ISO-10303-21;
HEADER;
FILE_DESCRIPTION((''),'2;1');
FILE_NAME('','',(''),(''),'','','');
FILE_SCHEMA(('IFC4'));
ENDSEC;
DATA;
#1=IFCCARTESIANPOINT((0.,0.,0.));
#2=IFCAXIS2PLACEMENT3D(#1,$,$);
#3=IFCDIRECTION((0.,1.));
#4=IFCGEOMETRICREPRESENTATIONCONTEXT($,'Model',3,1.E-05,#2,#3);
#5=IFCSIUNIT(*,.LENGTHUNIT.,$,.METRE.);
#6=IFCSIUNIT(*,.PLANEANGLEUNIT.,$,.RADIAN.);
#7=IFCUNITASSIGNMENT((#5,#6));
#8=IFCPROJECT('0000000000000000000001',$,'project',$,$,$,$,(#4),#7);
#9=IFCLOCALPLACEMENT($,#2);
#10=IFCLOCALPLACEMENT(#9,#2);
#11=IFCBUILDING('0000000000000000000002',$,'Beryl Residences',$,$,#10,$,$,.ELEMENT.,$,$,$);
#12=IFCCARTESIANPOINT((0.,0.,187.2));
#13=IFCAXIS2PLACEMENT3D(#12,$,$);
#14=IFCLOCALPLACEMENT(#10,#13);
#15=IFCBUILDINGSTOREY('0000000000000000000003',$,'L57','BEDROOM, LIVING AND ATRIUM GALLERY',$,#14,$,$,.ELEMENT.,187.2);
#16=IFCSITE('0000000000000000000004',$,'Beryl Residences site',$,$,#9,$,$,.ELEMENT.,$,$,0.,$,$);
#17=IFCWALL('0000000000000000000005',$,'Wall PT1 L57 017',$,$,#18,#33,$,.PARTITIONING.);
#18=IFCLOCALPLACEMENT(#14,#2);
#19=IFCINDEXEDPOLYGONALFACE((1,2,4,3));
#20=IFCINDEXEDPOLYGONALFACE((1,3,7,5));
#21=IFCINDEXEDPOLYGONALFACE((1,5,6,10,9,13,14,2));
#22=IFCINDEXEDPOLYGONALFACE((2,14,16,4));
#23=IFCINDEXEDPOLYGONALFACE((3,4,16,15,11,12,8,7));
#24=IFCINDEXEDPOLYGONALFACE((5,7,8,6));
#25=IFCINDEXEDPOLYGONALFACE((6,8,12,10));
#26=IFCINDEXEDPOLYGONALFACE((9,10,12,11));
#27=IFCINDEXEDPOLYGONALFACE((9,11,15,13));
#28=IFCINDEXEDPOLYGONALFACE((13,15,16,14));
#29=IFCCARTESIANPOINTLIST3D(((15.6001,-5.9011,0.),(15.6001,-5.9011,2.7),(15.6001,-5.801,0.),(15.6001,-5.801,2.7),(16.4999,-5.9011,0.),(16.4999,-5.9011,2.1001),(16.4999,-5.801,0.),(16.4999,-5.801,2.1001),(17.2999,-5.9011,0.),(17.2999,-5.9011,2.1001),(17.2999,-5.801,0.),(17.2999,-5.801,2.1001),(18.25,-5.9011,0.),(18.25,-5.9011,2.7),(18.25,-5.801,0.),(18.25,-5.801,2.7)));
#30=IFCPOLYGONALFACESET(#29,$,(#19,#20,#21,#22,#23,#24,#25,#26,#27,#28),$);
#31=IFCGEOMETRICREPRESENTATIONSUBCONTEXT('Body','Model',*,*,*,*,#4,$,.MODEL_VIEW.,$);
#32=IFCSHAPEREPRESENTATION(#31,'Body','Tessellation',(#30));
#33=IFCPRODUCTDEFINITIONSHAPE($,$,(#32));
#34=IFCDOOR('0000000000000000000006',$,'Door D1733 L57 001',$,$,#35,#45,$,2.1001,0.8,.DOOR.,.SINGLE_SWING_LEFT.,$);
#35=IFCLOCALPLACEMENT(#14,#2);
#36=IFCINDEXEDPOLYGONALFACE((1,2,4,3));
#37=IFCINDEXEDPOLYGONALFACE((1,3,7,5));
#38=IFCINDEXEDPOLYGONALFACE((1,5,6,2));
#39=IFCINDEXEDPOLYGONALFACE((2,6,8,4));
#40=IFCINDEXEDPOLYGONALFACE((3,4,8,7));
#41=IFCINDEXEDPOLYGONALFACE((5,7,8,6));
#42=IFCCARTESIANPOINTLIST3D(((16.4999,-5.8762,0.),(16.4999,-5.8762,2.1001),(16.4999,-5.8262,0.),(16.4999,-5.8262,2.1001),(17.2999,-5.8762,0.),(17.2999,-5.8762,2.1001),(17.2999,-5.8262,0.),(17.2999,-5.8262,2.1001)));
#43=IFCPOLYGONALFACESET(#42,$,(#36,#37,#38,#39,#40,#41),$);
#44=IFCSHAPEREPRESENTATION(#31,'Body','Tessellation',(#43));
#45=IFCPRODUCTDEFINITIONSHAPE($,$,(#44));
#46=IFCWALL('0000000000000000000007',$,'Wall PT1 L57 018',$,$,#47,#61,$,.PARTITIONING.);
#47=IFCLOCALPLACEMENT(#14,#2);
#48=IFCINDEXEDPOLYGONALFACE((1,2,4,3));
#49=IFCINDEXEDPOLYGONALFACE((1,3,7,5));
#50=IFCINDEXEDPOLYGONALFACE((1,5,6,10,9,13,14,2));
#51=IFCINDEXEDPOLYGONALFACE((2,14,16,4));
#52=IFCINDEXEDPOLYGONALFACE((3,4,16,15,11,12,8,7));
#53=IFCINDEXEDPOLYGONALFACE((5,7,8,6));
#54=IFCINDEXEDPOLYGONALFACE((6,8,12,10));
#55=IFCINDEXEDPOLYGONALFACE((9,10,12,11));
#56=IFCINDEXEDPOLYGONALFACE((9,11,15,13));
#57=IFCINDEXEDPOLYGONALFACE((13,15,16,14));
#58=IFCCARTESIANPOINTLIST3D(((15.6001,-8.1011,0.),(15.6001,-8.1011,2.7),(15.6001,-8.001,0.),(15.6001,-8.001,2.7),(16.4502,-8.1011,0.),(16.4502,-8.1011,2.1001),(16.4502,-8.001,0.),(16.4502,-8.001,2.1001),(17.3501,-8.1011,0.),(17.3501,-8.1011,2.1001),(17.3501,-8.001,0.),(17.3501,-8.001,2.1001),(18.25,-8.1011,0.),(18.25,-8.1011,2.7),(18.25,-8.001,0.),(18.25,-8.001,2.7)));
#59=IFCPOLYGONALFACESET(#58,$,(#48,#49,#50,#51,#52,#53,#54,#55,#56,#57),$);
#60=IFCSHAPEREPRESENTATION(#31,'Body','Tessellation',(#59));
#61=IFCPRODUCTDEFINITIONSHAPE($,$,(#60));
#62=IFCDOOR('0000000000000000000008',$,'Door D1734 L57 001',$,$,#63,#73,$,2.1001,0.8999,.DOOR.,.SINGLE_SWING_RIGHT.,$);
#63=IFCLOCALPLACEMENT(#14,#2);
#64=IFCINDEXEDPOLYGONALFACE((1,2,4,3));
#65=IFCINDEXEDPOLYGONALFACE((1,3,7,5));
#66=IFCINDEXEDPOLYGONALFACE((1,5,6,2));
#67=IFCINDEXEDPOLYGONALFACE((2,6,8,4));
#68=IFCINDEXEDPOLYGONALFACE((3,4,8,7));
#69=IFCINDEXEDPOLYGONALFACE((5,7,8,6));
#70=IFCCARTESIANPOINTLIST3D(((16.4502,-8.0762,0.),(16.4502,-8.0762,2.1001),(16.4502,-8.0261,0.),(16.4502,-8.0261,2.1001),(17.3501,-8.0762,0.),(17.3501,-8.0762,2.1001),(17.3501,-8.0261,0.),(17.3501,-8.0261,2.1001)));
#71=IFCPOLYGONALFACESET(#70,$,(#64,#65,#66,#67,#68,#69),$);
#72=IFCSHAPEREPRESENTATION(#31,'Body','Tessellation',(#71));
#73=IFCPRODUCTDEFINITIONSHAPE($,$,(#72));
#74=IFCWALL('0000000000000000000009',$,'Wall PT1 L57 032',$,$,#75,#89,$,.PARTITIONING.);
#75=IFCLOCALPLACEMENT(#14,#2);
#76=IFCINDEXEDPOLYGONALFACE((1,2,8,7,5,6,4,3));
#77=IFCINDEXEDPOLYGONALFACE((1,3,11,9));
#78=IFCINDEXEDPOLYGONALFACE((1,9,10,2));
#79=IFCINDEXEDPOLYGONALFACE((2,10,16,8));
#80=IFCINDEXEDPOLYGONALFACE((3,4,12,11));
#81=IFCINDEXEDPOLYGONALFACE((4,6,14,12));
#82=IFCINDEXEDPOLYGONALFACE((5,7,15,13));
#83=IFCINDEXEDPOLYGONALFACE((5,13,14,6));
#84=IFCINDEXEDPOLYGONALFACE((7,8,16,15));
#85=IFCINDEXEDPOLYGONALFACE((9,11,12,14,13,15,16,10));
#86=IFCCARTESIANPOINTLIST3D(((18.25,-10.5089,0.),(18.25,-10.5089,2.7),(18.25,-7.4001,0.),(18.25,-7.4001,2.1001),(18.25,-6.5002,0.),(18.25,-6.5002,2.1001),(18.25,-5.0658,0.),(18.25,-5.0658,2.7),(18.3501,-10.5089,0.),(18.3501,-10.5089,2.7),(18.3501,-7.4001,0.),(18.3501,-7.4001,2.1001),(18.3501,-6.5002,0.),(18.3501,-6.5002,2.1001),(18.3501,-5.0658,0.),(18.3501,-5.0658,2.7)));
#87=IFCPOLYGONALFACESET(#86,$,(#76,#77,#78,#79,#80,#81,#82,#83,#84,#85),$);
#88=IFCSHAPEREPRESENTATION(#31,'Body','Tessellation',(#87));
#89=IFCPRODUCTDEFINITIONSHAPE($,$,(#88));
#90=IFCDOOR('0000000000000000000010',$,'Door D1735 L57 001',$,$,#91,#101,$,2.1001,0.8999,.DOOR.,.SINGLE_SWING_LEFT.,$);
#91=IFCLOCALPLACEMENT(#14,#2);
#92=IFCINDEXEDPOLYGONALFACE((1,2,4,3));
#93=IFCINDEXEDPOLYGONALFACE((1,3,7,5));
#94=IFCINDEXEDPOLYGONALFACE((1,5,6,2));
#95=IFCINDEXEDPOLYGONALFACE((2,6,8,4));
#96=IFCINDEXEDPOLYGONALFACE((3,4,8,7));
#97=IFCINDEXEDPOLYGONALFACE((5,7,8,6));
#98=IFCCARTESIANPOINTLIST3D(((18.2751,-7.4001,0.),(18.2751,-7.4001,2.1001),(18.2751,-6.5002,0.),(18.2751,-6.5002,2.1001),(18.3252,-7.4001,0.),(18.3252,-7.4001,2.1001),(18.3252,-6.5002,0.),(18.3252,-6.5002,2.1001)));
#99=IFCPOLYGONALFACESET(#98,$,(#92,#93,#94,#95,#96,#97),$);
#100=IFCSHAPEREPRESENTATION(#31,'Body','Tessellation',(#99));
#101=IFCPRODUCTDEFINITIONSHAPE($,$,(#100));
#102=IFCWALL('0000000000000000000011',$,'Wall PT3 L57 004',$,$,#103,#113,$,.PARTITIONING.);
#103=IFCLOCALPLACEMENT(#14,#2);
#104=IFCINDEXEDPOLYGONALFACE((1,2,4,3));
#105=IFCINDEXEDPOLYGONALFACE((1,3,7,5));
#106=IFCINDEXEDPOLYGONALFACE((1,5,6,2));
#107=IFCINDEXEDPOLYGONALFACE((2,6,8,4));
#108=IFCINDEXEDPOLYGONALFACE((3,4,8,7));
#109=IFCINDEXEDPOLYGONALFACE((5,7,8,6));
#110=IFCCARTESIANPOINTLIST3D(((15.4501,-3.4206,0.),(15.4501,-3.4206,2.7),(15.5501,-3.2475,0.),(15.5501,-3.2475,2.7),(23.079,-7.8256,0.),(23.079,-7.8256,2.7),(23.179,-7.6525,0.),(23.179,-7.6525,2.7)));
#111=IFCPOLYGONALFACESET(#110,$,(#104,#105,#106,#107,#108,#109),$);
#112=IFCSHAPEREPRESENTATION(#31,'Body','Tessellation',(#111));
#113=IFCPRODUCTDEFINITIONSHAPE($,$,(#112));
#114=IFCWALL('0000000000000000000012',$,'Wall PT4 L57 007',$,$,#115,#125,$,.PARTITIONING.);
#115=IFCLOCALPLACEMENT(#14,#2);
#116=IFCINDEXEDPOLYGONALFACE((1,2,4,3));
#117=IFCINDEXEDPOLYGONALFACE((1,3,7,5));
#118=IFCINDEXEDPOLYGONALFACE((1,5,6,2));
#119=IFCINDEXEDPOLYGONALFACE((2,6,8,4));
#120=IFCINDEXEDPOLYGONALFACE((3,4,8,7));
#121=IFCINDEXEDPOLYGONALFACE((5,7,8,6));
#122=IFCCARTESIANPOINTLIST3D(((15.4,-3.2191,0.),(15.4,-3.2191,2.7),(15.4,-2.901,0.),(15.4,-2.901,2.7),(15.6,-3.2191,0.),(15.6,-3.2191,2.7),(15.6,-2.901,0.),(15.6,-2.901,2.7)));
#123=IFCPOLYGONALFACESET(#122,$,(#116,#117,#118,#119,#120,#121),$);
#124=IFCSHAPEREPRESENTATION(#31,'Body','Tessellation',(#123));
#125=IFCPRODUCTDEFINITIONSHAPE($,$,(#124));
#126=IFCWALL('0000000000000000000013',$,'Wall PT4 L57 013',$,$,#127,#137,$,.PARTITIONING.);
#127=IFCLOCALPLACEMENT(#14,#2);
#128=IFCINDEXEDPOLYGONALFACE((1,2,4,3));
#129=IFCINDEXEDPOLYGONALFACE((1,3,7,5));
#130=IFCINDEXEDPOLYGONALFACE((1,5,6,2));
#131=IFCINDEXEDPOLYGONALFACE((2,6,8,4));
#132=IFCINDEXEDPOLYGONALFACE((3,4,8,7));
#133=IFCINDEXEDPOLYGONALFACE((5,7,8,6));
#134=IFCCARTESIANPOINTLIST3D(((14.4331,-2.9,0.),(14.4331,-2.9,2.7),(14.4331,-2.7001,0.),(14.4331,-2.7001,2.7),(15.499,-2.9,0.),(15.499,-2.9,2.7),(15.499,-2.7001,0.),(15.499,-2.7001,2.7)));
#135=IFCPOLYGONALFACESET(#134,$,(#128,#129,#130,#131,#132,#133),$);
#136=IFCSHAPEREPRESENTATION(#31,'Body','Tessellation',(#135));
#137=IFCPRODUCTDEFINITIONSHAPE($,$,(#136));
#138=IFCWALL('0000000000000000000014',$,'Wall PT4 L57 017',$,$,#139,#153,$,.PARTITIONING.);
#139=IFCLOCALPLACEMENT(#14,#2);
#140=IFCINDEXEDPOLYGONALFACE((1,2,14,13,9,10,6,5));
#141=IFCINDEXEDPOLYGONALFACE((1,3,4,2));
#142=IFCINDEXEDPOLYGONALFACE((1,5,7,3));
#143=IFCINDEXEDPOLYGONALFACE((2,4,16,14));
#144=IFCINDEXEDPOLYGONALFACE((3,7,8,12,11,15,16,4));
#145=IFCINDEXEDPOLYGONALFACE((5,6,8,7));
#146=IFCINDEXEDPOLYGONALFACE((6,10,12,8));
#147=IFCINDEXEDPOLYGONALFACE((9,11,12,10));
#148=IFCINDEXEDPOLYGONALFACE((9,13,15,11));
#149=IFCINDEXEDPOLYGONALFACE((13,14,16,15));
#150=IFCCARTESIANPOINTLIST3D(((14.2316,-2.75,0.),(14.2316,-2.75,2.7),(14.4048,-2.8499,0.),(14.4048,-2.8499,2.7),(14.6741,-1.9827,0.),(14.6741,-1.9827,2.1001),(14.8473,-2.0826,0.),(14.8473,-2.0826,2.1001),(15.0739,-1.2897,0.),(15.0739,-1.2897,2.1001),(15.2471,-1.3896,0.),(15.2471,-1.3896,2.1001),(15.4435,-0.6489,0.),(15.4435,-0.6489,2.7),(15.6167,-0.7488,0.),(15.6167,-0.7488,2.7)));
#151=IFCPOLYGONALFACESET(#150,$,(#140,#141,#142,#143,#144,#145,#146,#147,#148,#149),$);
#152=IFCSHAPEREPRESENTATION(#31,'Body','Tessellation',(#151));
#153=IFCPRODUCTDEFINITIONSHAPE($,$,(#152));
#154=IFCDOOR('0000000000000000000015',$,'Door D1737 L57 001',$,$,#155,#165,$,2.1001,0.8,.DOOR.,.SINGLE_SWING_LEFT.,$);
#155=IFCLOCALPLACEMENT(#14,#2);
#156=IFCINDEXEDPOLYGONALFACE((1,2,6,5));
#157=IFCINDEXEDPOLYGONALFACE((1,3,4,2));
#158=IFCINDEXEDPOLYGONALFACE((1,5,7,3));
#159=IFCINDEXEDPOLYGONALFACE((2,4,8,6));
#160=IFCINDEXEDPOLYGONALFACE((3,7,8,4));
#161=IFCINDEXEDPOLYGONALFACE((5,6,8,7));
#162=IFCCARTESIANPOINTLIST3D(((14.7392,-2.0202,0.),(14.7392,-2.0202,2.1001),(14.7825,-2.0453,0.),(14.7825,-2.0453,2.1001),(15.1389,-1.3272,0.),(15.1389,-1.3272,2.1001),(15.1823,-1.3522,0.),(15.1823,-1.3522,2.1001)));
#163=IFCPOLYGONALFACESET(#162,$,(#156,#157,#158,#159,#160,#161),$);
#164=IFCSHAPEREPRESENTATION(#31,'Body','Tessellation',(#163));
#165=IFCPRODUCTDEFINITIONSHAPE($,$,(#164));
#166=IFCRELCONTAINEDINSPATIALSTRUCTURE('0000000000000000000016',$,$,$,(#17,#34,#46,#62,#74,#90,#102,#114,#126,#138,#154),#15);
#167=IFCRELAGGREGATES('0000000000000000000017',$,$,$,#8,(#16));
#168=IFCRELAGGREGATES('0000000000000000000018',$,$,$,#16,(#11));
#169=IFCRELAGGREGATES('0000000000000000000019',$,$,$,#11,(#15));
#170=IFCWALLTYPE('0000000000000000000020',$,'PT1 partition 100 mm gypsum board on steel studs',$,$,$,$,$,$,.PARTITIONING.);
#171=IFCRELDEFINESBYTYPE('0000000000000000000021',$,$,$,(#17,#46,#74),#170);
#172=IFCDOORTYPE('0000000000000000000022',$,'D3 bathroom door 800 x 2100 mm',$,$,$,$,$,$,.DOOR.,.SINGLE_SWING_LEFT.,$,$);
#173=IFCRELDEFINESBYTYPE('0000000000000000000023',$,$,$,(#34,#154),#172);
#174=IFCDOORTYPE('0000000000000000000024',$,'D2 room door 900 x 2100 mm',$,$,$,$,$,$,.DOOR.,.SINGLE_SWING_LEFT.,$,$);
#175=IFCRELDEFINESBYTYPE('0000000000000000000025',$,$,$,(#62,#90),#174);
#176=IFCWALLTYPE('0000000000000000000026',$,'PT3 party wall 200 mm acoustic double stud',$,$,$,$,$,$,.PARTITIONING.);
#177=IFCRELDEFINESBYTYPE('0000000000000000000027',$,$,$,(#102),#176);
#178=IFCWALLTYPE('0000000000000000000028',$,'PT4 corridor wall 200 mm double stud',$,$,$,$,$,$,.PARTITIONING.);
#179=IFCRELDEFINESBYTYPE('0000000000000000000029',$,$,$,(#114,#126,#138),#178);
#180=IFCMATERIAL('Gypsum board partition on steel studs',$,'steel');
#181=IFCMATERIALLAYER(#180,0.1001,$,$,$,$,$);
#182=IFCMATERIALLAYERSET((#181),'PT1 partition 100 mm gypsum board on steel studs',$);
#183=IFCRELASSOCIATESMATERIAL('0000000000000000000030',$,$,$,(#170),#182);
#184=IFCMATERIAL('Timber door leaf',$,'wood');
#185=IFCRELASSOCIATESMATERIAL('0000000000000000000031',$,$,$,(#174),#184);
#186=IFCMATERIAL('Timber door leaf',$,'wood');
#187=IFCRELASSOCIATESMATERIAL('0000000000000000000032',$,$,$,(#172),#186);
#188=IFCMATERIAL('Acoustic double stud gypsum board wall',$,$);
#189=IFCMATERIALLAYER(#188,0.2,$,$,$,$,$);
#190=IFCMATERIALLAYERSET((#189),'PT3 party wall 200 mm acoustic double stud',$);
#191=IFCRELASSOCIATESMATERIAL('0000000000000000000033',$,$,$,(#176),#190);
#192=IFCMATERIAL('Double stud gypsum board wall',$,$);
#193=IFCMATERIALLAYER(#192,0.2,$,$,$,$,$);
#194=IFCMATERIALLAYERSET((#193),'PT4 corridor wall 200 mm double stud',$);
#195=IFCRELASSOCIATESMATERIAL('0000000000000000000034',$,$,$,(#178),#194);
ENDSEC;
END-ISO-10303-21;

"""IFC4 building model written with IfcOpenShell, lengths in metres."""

from ifc_helpers import new_model, si_unit, direction, frame, frame_2d, origin, place, context, subcontext, project, spatial, rectangle, extrude, material, layer, layer_set, type_object, element, fill, save


model = new_model("IFC4")

# Units and contexts
model_context = context("Model", 3, precision=1e-05, world=origin(), true_north=direction((0.0, 1.0)))
body_context = subcontext(model_context, "Body", "Model", "MODEL_VIEW")
ifc_project = project(units=[si_unit("LENGTHUNIT", "METRE"), si_unit("PLANEANGLEUNIT", "RADIAN")], contexts=[model_context])

# Site, building, storey
site_placement = place(None, origin())
site = spatial("IfcSite", under=ifc_project, at=site_placement, Name="Beryl Residences site", CompositionType="ELEMENT", RefElevation=0.0)
building_placement = place(site_placement, origin())
building = spatial("IfcBuilding", under=site, at=building_placement, Name="Beryl Residences", CompositionType="ELEMENT")
storey_placement = place(building_placement, frame((0.0, 0.0, 187.2)))
storey = spatial("IfcBuildingStorey", under=building, at=storey_placement, Name="L57", Description="BEDROOM, LIVING AND ATRIUM GALLERY", CompositionType="ELEMENT", Elevation=187.2)

# Walls, openings, doors
ifc_material_1 = material(Name="Gypsum board partition on steel studs", Category="steel")
ifc_layer_1 = layer(ifc_material_1, 0.1001)
ifc_layer_set_1 = layer_set([ifc_layer_1], Name="PT1 partition 100 mm gypsum board on steel studs")
wall_type_1 = type_object("IfcWallType", Name="PT1 partition 100 mm gypsum board on steel studs", PredefinedType="PARTITIONING", material=ifc_layer_set_1)
ifc_material_2 = material(Name="Timber door leaf", Category="wood")
door_type_1 = type_object("IfcDoorType", Name="D2 room door 900 x 2100 mm", OperationType="SINGLE_SWING_LEFT", PredefinedType="DOOR", material=ifc_material_2)
wall_1_placement = place(storey_placement, frame((15.6001, -5.8511, 0.0), z_axis=(0.0, 0.0, 1.0), x_axis=(1.0, 0.0, 0.0)))
wall_1 = element("IfcWall", 1, at=wall_1_placement, inside=storey, type_object=wall_type_1, Name="Wall PT1 L57 017", PredefinedType="PARTITIONING", context=body_context, shape_type="SweptSolid", body=[
    extrude(rectangle(XDim=2.6499, YDim=0.1001, at=frame_2d((1.325, 0.0))), origin(), (0.0, 0.0, 1.0), 2.7),
])
opening_1_placement = place(wall_1_placement, frame((0.8999, 0.0, 0.0)))
opening_1 = element("IfcOpeningElement", 2, at=opening_1_placement, cuts=wall_1, PredefinedType="OPENING", context=body_context, shape_type="SweptSolid", body=[
    extrude(rectangle(XDim=0.8, YDim=2.1001, at=frame_2d((0.3999, 1.05))), frame((0.0, 0.0601, 0.0), z_axis=(0.0, -1.0, 0.0), x_axis=(1.0, 0.0, 0.0)), (0.0, 0.0, 1.0), 0.1201),
])
ifc_material_3 = material(Name="Timber door leaf", Category="wood")
door_type_2 = type_object("IfcDoorType", Name="D3 bathroom door 800 x 2100 mm", OperationType="SINGLE_SWING_LEFT", PredefinedType="DOOR", material=ifc_material_3)
door_1_placement = place(opening_1_placement, origin())
door_1 = element("IfcDoor", 3, at=door_1_placement, inside=storey, type_object=door_type_2, Name="Door D1733 L57 001", OperationType="SINGLE_SWING_LEFT", OverallHeight=2.1001, OverallWidth=0.8, PredefinedType="DOOR", context=body_context, shape_type="SweptSolid", body=[
    extrude(rectangle(XDim=0.8, YDim=2.1001, at=frame_2d((0.3999, 1.05))), frame((0.0, 0.0249, 0.0), z_axis=(0.0, -1.0, 0.0), x_axis=(1.0, 0.0, 0.0)), (0.0, 0.0, 1.0), 0.05),
])
fill(opening_1, door_1)
wall_2_placement = place(storey_placement, frame((15.6001, -8.051, 0.0), z_axis=(0.0, 0.0, 1.0), x_axis=(1.0, 0.0, 0.0)))
wall_2 = element("IfcWall", 4, at=wall_2_placement, inside=storey, type_object=wall_type_1, Name="Wall PT1 L57 018", PredefinedType="PARTITIONING", context=body_context, shape_type="SweptSolid", body=[
    extrude(rectangle(XDim=2.6499, YDim=0.1001, at=frame_2d((1.325, 0.0))), origin(), (0.0, 0.0, 1.0), 2.7),
])
opening_2_placement = place(wall_2_placement, frame((0.8501, 0.0, 0.0)))
opening_2 = element("IfcOpeningElement", 5, at=opening_2_placement, cuts=wall_2, PredefinedType="OPENING", context=body_context, shape_type="SweptSolid", body=[
    extrude(rectangle(XDim=0.8999, YDim=2.1001, at=frame_2d((0.45, 1.05))), frame((0.0, 0.0601, 0.0), z_axis=(0.0, -1.0, 0.0), x_axis=(1.0, 0.0, 0.0)), (0.0, 0.0, 1.0), 0.1201),
])
door_2_placement = place(opening_2_placement, origin())
door_2 = element("IfcDoor", 6, at=door_2_placement, inside=storey, type_object=door_type_1, Name="Door D1734 L57 001", OperationType="SINGLE_SWING_RIGHT", OverallHeight=2.1001, OverallWidth=0.8999, PredefinedType="DOOR", context=body_context, shape_type="SweptSolid", body=[
    extrude(rectangle(XDim=0.8999, YDim=2.1001, at=frame_2d((0.45, 1.05))), frame((0.0, 0.0249, 0.0), z_axis=(0.0, -1.0, 0.0), x_axis=(1.0, 0.0, 0.0)), (0.0, 0.0, 1.0), 0.05),
])
fill(opening_2, door_2)
wall_3_placement = place(storey_placement, frame((18.3, -10.509, 0.0), z_axis=(0.0, 0.0, 1.0), x_axis=(0.0, 1.0, 0.0)))
wall_3 = element("IfcWall", 7, at=wall_3_placement, inside=storey, type_object=wall_type_1, Name="Wall PT1 L57 032", PredefinedType="PARTITIONING", context=body_context, shape_type="SweptSolid", body=[
    extrude(rectangle(XDim=5.4431, YDim=0.1001, at=frame_2d((2.7217, 0.0))), origin(), (0.0, 0.0, 1.0), 2.7),
])
opening_3_placement = place(wall_3_placement, frame((3.1089, 0.0, 0.0)))
opening_3 = element("IfcOpeningElement", 8, at=opening_3_placement, cuts=wall_3, PredefinedType="OPENING", context=body_context, shape_type="SweptSolid", body=[
    extrude(rectangle(XDim=0.8999, YDim=2.1001, at=frame_2d((0.45, 1.05))), frame((0.0, 0.0601, 0.0), z_axis=(0.0, -1.0, 0.0), x_axis=(1.0, 0.0, 0.0)), (0.0, 0.0, 1.0), 0.1201),
])
door_3_placement = place(opening_3_placement, origin())
door_3 = element("IfcDoor", 9, at=door_3_placement, inside=storey, type_object=door_type_1, Name="Door D1735 L57 001", OperationType="SINGLE_SWING_LEFT", OverallHeight=2.1001, OverallWidth=0.8999, PredefinedType="DOOR", context=body_context, shape_type="SweptSolid", body=[
    extrude(rectangle(XDim=0.8999, YDim=2.1001, at=frame_2d((0.45, 1.05))), frame((0.0, 0.0249, 0.0), z_axis=(0.0, -1.0, 0.0), x_axis=(1.0, 0.0, 0.0)), (0.0, 0.0, 1.0), 0.05),
])
fill(opening_3, door_3)

# Walls
ifc_material_4 = material(Name="Acoustic double stud gypsum board wall")
ifc_layer_2 = layer(ifc_material_4, 0.2)
ifc_layer_set_2 = layer_set([ifc_layer_2], Name="PT3 party wall 200 mm acoustic double stud")
wall_type_2 = type_object("IfcWallType", Name="PT3 party wall 200 mm acoustic double stud", PredefinedType="PARTITIONING", material=ifc_layer_set_2)
wall_4_placement = place(storey_placement, frame((15.5, -3.334, 0.0), z_axis=(0.0, 0.0, 1.0), x_axis=(0.866002, -0.500041, 0.0)))
element("IfcWall", 10, at=wall_4_placement, inside=storey, type_object=wall_type_2, Name="Wall PT3 L57 004", PredefinedType="PARTITIONING", context=body_context, shape_type="SweptSolid", body=[
    extrude(rectangle(XDim=8.8093, YDim=0.2, at=frame_2d((4.4048, 0.0))), origin(), (0.0, 0.0, 1.0), 2.7),
])
ifc_material_5 = material(Name="Double stud gypsum board wall")
ifc_layer_3 = layer(ifc_material_5, 0.2)
ifc_layer_set_3 = layer_set([ifc_layer_3], Name="PT4 corridor wall 200 mm double stud")
wall_type_3 = type_object("IfcWallType", Name="PT4 corridor wall 200 mm double stud", PredefinedType="PARTITIONING", material=ifc_layer_set_3)
wall_5_placement = place(storey_placement, frame((15.5, -2.9009, 0.0), z_axis=(0.0, 0.0, 1.0), x_axis=(0.0, -1.0, 0.0)))
element("IfcWall", 11, at=wall_5_placement, inside=storey, type_object=wall_type_3, Name="Wall PT4 L57 007", PredefinedType="PARTITIONING", context=body_context, shape_type="SweptSolid", body=[
    extrude(rectangle(XDim=0.3181, YDim=0.2, at=frame_2d((0.1592, 0.0))), origin(), (0.0, 0.0, 1.0), 2.7),
])
wall_6_placement = place(storey_placement, frame((14.4331, -2.8, 0.0), z_axis=(0.0, 0.0, 1.0), x_axis=(1.0, 0.0, 0.0)))
element("IfcWall", 12, at=wall_6_placement, inside=storey, type_object=wall_type_3, Name="Wall PT4 L57 013", PredefinedType="PARTITIONING", context=body_context, shape_type="SweptSolid", body=[
    extrude(rectangle(XDim=1.0659, YDim=0.2, at=frame_2d((0.533, 0.0))), origin(), (0.0, 0.0, 1.0), 2.7),
])

# Wall, opening, door
wall_7_placement = place(storey_placement, frame((14.3181, -2.8, 0.0), z_axis=(0.0, 0.0, 1.0), x_axis=(0.499647, 0.866229, 0.0)))
wall_7 = element("IfcWall", 13, at=wall_7_placement, inside=storey, type_object=wall_type_3, Name="Wall PT4 L57 017", PredefinedType="PARTITIONING", context=body_context, shape_type="SweptSolid", body=[
    extrude(rectangle(XDim=2.4255, YDim=0.2, at=frame_2d((1.2129, 0.0))), origin(), (0.0, 0.0, 1.0), 2.7),
])
opening_4_placement = place(wall_7_placement, frame((0.886, 0.0, 0.0)))
opening_4 = element("IfcOpeningElement", 14, at=opening_4_placement, cuts=wall_7, PredefinedType="OPENING", context=body_context, shape_type="SweptSolid", body=[
    extrude(rectangle(XDim=0.8, YDim=2.1001, at=frame_2d((0.3999, 1.05))), frame((0.0, 0.1099, 0.0), z_axis=(0.0, -1.0, 0.0), x_axis=(1.0, 0.0, 0.0)), (0.0, 0.0, 1.0), 0.22),
])
door_4_placement = place(opening_4_placement, origin())
door_4 = element("IfcDoor", 15, at=door_4_placement, inside=storey, type_object=door_type_2, Name="Door D1737 L57 001", OperationType="SINGLE_SWING_LEFT", OverallHeight=2.1001, OverallWidth=0.8, PredefinedType="DOOR", context=body_context, shape_type="SweptSolid", body=[
    extrude(rectangle(XDim=0.8, YDim=2.1001, at=frame_2d((0.3999, 1.05))), frame((0.0, 0.0249, 0.0), z_axis=(0.0, -1.0, 0.0), x_axis=(1.0, 0.0, 0.0)), (0.0, 0.0, 1.0), 0.05),
])
fill(opening_4, door_4)

save(model, "model.ifc")
